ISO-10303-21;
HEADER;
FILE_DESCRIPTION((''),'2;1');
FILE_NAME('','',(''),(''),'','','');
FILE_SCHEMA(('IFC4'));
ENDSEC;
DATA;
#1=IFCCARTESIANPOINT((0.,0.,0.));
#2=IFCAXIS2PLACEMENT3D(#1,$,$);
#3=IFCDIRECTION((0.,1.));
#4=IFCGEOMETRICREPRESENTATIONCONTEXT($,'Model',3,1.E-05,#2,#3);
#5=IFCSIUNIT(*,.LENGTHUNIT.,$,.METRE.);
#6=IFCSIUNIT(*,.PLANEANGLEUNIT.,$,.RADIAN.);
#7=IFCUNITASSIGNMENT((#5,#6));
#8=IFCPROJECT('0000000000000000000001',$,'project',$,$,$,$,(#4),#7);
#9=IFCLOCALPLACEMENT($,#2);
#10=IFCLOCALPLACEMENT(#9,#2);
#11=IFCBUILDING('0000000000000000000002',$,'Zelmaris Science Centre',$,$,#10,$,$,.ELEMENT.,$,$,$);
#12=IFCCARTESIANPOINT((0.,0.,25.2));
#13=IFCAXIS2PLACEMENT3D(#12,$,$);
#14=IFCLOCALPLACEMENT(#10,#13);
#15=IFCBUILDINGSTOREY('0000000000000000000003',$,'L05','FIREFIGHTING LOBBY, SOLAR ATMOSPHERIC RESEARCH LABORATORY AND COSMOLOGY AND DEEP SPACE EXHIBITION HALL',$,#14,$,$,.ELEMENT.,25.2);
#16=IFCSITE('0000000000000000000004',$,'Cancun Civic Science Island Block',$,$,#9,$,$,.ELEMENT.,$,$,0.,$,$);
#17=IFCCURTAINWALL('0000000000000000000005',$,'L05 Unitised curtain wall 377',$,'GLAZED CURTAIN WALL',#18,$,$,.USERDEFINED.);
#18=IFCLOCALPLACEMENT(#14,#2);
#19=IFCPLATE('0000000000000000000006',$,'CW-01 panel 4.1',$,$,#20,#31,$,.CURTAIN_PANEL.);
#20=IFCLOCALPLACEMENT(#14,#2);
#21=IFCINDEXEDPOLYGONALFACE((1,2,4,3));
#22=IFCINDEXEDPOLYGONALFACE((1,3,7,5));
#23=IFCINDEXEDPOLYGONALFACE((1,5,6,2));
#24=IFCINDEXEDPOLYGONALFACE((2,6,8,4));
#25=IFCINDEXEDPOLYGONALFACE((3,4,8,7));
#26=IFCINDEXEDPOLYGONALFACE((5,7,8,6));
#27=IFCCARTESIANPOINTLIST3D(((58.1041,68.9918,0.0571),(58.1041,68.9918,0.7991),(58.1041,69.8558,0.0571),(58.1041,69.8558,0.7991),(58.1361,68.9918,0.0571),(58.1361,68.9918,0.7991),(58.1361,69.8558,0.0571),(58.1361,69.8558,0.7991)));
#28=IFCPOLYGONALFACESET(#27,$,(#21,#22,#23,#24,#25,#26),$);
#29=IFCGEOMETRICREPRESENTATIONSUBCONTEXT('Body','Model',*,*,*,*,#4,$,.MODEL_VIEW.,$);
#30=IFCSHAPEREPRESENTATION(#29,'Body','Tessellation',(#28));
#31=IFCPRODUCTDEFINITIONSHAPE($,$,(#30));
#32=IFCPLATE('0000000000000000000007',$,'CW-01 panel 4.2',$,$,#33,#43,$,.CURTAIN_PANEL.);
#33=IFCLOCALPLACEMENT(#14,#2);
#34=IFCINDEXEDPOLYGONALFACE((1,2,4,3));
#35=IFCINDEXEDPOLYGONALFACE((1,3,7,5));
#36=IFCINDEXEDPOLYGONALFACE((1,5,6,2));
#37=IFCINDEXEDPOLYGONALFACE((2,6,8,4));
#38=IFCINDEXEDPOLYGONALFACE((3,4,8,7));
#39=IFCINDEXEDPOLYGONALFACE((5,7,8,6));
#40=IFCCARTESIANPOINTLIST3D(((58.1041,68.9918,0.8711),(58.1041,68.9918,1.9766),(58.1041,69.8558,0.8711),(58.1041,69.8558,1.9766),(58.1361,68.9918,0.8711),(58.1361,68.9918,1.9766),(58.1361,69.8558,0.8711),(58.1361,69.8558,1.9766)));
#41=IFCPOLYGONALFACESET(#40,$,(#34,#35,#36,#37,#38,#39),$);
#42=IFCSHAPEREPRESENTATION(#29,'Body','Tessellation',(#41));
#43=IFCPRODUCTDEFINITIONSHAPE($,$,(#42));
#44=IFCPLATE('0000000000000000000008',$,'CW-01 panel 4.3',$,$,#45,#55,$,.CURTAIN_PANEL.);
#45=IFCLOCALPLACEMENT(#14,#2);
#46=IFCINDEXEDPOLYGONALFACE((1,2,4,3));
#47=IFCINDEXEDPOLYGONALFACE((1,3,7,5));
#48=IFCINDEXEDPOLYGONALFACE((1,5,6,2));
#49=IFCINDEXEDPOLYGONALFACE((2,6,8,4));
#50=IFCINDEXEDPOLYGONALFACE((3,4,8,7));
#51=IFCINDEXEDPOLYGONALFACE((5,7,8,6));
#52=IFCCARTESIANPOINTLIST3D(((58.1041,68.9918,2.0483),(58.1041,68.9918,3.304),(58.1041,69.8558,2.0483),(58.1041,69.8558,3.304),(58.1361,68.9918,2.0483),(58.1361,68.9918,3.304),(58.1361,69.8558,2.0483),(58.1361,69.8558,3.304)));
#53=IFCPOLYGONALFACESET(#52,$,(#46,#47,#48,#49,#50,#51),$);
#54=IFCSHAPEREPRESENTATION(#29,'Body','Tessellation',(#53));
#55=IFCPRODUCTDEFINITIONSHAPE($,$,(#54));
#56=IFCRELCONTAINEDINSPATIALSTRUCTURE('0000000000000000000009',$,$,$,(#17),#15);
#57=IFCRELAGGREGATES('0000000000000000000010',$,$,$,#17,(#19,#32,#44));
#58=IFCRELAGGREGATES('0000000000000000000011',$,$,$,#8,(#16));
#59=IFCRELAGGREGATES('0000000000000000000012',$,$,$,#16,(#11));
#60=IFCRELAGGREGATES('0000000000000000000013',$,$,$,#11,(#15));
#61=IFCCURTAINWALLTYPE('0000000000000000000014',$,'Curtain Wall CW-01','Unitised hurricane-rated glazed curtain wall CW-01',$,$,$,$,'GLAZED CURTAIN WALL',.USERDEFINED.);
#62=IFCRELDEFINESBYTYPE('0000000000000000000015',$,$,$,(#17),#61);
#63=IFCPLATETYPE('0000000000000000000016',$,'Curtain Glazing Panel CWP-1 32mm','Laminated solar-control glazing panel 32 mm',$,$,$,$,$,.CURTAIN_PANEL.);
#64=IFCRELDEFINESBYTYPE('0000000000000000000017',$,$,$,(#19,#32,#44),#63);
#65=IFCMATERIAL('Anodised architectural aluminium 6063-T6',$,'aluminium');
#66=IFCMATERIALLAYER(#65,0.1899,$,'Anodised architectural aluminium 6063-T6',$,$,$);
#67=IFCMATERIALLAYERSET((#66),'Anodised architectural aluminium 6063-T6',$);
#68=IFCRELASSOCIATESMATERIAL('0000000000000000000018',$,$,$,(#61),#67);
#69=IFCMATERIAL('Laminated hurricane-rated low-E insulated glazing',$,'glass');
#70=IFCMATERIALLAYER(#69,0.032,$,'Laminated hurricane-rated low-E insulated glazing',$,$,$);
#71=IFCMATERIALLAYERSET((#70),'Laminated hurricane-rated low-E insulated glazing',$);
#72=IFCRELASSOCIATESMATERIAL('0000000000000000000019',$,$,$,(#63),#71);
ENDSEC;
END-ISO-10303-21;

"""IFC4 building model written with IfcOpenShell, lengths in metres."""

from ifc_helpers import new_model, si_unit, direction, frame, origin, origin_2d, place, context, subcontext, project, spatial, rectangle, extrude, material, layer, layer_set, type_object, element, aggregate, save


model = new_model("IFC4")

# Units and contexts
model_context = context("Model", 3, precision=1e-05, world=origin(), true_north=direction((0.0, 1.0)))
body_context = subcontext(model_context, "Body", "Model", "MODEL_VIEW")
ifc_project = project(units=[si_unit("LENGTHUNIT", "METRE"), si_unit("PLANEANGLEUNIT", "RADIAN")], contexts=[model_context])

# Site, building, storey
site_placement = place(None, origin())
site = spatial("IfcSite", under=ifc_project, at=site_placement, Name="Cancun Civic Science Island Block", CompositionType="ELEMENT", RefElevation=0.0)
building_placement = place(site_placement, origin())
building = spatial("IfcBuilding", under=site, at=building_placement, Name="Zelmaris Science Centre", CompositionType="ELEMENT")
storey_placement = place(building_placement, frame((0.0, 0.0, 25.2)))
storey = spatial("IfcBuildingStorey", under=building, at=storey_placement, Name="L05", Description="FIREFIGHTING LOBBY, SOLAR ATMOSPHERIC RESEARCH LABORATORY AND COSMOLOGY AND DEEP SPACE EXHIBITION HALL", CompositionType="ELEMENT", Elevation=25.2)

# Curtain wall, plates
ifc_material_1 = material(Name="Anodised architectural aluminium 6063-T6", Category="aluminium")
ifc_layer_1 = layer(ifc_material_1, 0.1899, Name="Anodised architectural aluminium 6063-T6")
ifc_layer_set_1 = layer_set([ifc_layer_1], Name="Anodised architectural aluminium 6063-T6")
curtain_wall_type = type_object("IfcCurtainWallType", Name="Curtain Wall CW-01", Description="Unitised hurricane-rated glazed curtain wall CW-01", ElementType="GLAZED CURTAIN WALL", PredefinedType="USERDEFINED", material=ifc_layer_set_1)
curtain_wall_placement = place(storey_placement, origin())
curtain_wall = element("IfcCurtainWall", 1, at=curtain_wall_placement, inside=storey, type_object=curtain_wall_type, Name="L05 Unitised curtain wall 377", ObjectType="GLAZED CURTAIN WALL", PredefinedType="USERDEFINED")
ifc_material_2 = material(Name="Laminated hurricane-rated low-E insulated glazing", Category="glass")
ifc_layer_2 = layer(ifc_material_2, 0.032, Name="Laminated hurricane-rated low-E insulated glazing")
ifc_layer_set_2 = layer_set([ifc_layer_2], Name="Laminated hurricane-rated low-E insulated glazing")
plate_type = type_object("IfcPlateType", Name="Curtain Glazing Panel CWP-1 32mm", Description="Laminated solar-control glazing panel 32 mm", PredefinedType="CURTAIN_PANEL", material=ifc_layer_set_2)
plate_1_placement = place(storey_placement, frame((58.1201, 69.4238, 0.0571), z_axis=(0.0, 0.0, 1.0), x_axis=(0.0, 1.0, 0.0)))
plate_1 = element("IfcPlate", 2, at=plate_1_placement, type_object=plate_type, Name="CW-01 panel 4.1", PredefinedType="CURTAIN_PANEL", context=body_context, shape_type="SweptSolid", body=[
    extrude(rectangle(XDim=0.864, YDim=0.032, at=origin_2d()), origin(), (0.0, 0.0, 1.0), 0.7419),
])
plate_2_placement = place(storey_placement, frame((58.1201, 69.4238, 0.8711), z_axis=(0.0, 0.0, 1.0), x_axis=(0.0, 1.0, 0.0)))
plate_2 = element("IfcPlate", 3, at=plate_2_placement, type_object=plate_type, Name="CW-01 panel 4.2", PredefinedType="CURTAIN_PANEL", context=body_context, shape_type="SweptSolid", body=[
    extrude(rectangle(XDim=0.864, YDim=0.032, at=origin_2d()), origin(), (0.0, 0.0, 1.0), 1.1055),
])
plate_3_placement = place(storey_placement, frame((58.1201, 69.4238, 2.0483), z_axis=(0.0, 0.0, 1.0), x_axis=(0.0, 1.0, 0.0)))
plate_3 = element("IfcPlate", 4, at=plate_3_placement, type_object=plate_type, Name="CW-01 panel 4.3", PredefinedType="CURTAIN_PANEL", context=body_context, shape_type="SweptSolid", body=[
    extrude(rectangle(XDim=0.864, YDim=0.032, at=origin_2d()), origin(), (0.0, 0.0, 1.0), 1.2556),
])
aggregate(curtain_wall, [plate_1, plate_2, plate_3])

save(model, "model.ifc")
